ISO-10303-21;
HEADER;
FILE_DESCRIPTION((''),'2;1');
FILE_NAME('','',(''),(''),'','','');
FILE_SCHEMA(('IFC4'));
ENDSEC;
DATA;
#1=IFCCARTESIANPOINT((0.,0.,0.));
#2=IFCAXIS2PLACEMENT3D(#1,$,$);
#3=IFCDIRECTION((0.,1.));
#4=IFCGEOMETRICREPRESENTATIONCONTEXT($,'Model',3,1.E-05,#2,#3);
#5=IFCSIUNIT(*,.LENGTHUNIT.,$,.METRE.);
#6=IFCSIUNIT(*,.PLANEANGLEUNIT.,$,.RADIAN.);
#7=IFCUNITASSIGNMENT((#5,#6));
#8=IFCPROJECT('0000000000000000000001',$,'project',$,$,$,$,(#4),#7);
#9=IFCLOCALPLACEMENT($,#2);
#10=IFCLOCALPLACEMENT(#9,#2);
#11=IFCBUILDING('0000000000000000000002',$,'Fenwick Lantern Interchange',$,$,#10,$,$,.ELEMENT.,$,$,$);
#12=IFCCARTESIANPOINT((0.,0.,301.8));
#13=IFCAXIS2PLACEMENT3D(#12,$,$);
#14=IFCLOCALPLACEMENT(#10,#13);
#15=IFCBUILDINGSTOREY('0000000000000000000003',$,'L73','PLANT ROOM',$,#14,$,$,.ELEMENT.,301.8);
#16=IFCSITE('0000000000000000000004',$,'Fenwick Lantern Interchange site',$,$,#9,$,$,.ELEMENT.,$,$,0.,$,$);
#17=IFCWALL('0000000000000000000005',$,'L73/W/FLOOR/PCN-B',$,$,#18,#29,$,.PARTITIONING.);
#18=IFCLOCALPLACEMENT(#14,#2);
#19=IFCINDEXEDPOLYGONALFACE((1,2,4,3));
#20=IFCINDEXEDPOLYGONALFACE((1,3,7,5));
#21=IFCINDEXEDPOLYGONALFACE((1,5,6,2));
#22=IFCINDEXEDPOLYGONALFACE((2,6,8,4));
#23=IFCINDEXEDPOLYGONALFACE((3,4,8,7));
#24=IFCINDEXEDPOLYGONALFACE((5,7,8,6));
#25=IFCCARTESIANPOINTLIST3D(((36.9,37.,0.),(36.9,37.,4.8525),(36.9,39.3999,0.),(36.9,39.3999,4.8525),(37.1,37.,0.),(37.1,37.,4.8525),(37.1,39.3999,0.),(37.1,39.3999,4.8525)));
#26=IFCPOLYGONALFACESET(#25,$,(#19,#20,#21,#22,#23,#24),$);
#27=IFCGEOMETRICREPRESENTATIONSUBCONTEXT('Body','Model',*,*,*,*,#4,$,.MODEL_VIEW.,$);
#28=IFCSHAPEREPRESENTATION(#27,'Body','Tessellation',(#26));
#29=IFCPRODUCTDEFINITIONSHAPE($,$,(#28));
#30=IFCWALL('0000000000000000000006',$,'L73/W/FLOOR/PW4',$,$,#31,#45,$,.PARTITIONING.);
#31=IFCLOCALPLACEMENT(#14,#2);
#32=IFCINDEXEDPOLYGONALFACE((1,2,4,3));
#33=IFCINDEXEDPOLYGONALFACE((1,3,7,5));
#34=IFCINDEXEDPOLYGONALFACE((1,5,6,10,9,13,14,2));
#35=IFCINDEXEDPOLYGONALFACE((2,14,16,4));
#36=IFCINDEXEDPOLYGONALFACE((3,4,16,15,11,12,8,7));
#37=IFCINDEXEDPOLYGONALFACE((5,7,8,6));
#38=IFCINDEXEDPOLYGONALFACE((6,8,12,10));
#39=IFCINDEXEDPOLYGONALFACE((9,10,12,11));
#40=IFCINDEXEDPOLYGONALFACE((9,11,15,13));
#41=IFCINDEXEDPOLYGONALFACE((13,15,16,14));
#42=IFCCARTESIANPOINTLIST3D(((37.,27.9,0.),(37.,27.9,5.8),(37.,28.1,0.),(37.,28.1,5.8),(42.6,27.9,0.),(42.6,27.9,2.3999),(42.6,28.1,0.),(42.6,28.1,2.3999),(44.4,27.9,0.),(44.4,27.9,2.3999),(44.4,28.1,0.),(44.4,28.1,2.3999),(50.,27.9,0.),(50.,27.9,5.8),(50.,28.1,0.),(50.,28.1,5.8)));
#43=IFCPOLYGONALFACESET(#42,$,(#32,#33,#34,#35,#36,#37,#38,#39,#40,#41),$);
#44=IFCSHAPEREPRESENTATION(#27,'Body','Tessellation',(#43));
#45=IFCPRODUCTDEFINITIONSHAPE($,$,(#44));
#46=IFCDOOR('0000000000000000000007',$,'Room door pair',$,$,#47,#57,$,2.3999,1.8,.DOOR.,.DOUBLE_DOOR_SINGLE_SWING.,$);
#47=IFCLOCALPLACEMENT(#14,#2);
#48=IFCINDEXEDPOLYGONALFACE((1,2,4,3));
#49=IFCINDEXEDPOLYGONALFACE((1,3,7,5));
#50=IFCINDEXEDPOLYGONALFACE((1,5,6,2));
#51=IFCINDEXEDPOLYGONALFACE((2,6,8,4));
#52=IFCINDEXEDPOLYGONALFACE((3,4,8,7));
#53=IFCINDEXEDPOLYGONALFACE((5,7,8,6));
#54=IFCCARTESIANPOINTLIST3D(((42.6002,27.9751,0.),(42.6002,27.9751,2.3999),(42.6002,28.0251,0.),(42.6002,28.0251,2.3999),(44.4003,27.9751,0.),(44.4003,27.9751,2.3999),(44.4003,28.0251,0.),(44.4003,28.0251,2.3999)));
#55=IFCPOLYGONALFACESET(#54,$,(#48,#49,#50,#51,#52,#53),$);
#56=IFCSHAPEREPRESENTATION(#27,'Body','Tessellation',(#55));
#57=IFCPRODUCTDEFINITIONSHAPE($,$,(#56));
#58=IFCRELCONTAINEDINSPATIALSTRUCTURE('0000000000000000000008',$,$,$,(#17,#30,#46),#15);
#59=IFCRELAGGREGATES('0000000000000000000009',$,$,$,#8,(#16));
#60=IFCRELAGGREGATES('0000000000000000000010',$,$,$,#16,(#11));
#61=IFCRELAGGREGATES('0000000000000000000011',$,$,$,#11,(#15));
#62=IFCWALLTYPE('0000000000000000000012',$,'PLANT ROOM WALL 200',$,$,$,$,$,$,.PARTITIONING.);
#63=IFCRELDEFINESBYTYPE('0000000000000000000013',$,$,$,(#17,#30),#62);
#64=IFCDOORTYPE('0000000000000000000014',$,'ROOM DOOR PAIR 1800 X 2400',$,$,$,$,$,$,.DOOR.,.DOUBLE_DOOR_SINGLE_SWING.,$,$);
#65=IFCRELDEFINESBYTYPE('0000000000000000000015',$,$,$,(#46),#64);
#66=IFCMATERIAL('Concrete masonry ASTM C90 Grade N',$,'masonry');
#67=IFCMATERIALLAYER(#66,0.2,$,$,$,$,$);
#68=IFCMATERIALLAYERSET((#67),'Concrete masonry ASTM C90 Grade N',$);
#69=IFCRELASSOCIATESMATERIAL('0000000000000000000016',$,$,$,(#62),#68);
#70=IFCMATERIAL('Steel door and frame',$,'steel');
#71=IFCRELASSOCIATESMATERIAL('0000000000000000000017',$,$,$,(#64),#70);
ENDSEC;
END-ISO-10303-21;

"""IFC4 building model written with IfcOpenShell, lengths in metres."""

from ifc_helpers import new_model, si_unit, direction, frame, frame_2d, origin, place, context, subcontext, project, spatial, rectangle, extrude, material, layer, layer_set, type_object, element, fill, save


model = new_model("IFC4")

# Units and contexts
model_context = context("Model", 3, precision=1e-05, world=origin(), true_north=direction((0.0, 1.0)))
body_context = subcontext(model_context, "Body", "Model", "MODEL_VIEW")
ifc_project = project(units=[si_unit("LENGTHUNIT", "METRE"), si_unit("PLANEANGLEUNIT", "RADIAN")], contexts=[model_context])

# Site, building, storey
site_placement = place(None, origin())
site = spatial("IfcSite", under=ifc_project, at=site_placement, Name="Fenwick Lantern Interchange site", CompositionType="ELEMENT", RefElevation=0.0)
building_placement = place(site_placement, origin())
building = spatial("IfcBuilding", under=site, at=building_placement, Name="Fenwick Lantern Interchange", CompositionType="ELEMENT")
storey_placement = place(building_placement, frame((0.0, 0.0, 301.8)))
storey = spatial("IfcBuildingStorey", under=building, at=storey_placement, Name="L73", Description="PLANT ROOM", CompositionType="ELEMENT", Elevation=301.8)

# Shared definitions
ifc_material_1 = material(Name="Concrete masonry ASTM C90 Grade N", Category="masonry")

# Shared definitions
ifc_material_2 = material(Name="Steel door and frame", Category="steel")

# Wall
ifc_layer_1 = layer(ifc_material_1, 0.2)
ifc_layer_set_1 = layer_set([ifc_layer_1], Name="Concrete masonry ASTM C90 Grade N")
wall_type_1 = type_object("IfcWallType", Name="PLANT ROOM WALL 200", PredefinedType="PARTITIONING", material=ifc_layer_set_1)
wall_1_placement = place(storey_placement, frame((37.0, 37.0, 0.0), z_axis=(0.0, 0.0, 1.0), x_axis=(0.0, 1.0, 0.0)))
element("IfcWall", 1, at=wall_1_placement, inside=storey, type_object=wall_type_1, Name="L73/W/FLOOR/PCN-B", PredefinedType="PARTITIONING", context=body_context, shape_type="SweptSolid", body=[
    extrude(rectangle(XDim=2.3999, YDim=0.2, at=frame_2d((1.2, 0.0))), origin(), (0.0, 0.0, 1.0), 4.8525),
])

# Wall, opening, door
wall_2_placement = place(storey_placement, frame((37.0, 28.0, 0.0), z_axis=(0.0, 0.0, 1.0), x_axis=(1.0, 0.0, 0.0)))
wall_2 = element("IfcWall", 2, at=wall_2_placement, inside=storey, type_object=wall_type_1, Name="L73/W/FLOOR/PW4", PredefinedType="PARTITIONING", context=body_context, shape_type="SweptSolid", body=[
    extrude(rectangle(XDim=13.0, YDim=0.2, at=frame_2d((6.5, 0.0))), origin(), (0.0, 0.0, 1.0), 5.8),
])
opening_1_placement = place(wall_2_placement, frame((5.6001, 0.0, 0.0)))
opening_1 = element("IfcOpeningElement", 3, at=opening_1_placement, cuts=wall_2, PredefinedType="OPENING", context=body_context, shape_type="SweptSolid", body=[
    extrude(rectangle(XDim=1.8, YDim=2.3999, at=frame_2d((0.8999, 1.2))), frame((0.0, 0.1099, 0.0), z_axis=(0.0, -1.0, 0.0), x_axis=(1.0, 0.0, 0.0)), (0.0, 0.0, 1.0), 0.22),
])
door_type_1 = type_object("IfcDoorType", Name="ROOM DOOR PAIR 1800 X 2400", OperationType="DOUBLE_DOOR_SINGLE_SWING", PredefinedType="DOOR", material=ifc_material_2)
door_1_placement = place(opening_1_placement, frame((1.8, 0.0, 0.0), z_axis=(0.0, 0.0, 1.0), x_axis=(-1.0, 0.0, 0.0)))
door_1 = element("IfcDoor", 4, at=door_1_placement, inside=storey, type_object=door_type_1, Name="Room door pair", OperationType="DOUBLE_DOOR_SINGLE_SWING", OverallHeight=2.3999, OverallWidth=1.8, PredefinedType="DOOR", context=body_context, shape_type="SweptSolid", body=[
    extrude(rectangle(XDim=1.8, YDim=2.3999, at=frame_2d((0.8999, 1.2))), frame((0.0, 0.0249, 0.0), z_axis=(0.0, -1.0, 0.0), x_axis=(1.0, 0.0, 0.0)), (0.0, 0.0, 1.0), 0.05),
])
fill(opening_1, door_1)

save(model, "model.ifc")
